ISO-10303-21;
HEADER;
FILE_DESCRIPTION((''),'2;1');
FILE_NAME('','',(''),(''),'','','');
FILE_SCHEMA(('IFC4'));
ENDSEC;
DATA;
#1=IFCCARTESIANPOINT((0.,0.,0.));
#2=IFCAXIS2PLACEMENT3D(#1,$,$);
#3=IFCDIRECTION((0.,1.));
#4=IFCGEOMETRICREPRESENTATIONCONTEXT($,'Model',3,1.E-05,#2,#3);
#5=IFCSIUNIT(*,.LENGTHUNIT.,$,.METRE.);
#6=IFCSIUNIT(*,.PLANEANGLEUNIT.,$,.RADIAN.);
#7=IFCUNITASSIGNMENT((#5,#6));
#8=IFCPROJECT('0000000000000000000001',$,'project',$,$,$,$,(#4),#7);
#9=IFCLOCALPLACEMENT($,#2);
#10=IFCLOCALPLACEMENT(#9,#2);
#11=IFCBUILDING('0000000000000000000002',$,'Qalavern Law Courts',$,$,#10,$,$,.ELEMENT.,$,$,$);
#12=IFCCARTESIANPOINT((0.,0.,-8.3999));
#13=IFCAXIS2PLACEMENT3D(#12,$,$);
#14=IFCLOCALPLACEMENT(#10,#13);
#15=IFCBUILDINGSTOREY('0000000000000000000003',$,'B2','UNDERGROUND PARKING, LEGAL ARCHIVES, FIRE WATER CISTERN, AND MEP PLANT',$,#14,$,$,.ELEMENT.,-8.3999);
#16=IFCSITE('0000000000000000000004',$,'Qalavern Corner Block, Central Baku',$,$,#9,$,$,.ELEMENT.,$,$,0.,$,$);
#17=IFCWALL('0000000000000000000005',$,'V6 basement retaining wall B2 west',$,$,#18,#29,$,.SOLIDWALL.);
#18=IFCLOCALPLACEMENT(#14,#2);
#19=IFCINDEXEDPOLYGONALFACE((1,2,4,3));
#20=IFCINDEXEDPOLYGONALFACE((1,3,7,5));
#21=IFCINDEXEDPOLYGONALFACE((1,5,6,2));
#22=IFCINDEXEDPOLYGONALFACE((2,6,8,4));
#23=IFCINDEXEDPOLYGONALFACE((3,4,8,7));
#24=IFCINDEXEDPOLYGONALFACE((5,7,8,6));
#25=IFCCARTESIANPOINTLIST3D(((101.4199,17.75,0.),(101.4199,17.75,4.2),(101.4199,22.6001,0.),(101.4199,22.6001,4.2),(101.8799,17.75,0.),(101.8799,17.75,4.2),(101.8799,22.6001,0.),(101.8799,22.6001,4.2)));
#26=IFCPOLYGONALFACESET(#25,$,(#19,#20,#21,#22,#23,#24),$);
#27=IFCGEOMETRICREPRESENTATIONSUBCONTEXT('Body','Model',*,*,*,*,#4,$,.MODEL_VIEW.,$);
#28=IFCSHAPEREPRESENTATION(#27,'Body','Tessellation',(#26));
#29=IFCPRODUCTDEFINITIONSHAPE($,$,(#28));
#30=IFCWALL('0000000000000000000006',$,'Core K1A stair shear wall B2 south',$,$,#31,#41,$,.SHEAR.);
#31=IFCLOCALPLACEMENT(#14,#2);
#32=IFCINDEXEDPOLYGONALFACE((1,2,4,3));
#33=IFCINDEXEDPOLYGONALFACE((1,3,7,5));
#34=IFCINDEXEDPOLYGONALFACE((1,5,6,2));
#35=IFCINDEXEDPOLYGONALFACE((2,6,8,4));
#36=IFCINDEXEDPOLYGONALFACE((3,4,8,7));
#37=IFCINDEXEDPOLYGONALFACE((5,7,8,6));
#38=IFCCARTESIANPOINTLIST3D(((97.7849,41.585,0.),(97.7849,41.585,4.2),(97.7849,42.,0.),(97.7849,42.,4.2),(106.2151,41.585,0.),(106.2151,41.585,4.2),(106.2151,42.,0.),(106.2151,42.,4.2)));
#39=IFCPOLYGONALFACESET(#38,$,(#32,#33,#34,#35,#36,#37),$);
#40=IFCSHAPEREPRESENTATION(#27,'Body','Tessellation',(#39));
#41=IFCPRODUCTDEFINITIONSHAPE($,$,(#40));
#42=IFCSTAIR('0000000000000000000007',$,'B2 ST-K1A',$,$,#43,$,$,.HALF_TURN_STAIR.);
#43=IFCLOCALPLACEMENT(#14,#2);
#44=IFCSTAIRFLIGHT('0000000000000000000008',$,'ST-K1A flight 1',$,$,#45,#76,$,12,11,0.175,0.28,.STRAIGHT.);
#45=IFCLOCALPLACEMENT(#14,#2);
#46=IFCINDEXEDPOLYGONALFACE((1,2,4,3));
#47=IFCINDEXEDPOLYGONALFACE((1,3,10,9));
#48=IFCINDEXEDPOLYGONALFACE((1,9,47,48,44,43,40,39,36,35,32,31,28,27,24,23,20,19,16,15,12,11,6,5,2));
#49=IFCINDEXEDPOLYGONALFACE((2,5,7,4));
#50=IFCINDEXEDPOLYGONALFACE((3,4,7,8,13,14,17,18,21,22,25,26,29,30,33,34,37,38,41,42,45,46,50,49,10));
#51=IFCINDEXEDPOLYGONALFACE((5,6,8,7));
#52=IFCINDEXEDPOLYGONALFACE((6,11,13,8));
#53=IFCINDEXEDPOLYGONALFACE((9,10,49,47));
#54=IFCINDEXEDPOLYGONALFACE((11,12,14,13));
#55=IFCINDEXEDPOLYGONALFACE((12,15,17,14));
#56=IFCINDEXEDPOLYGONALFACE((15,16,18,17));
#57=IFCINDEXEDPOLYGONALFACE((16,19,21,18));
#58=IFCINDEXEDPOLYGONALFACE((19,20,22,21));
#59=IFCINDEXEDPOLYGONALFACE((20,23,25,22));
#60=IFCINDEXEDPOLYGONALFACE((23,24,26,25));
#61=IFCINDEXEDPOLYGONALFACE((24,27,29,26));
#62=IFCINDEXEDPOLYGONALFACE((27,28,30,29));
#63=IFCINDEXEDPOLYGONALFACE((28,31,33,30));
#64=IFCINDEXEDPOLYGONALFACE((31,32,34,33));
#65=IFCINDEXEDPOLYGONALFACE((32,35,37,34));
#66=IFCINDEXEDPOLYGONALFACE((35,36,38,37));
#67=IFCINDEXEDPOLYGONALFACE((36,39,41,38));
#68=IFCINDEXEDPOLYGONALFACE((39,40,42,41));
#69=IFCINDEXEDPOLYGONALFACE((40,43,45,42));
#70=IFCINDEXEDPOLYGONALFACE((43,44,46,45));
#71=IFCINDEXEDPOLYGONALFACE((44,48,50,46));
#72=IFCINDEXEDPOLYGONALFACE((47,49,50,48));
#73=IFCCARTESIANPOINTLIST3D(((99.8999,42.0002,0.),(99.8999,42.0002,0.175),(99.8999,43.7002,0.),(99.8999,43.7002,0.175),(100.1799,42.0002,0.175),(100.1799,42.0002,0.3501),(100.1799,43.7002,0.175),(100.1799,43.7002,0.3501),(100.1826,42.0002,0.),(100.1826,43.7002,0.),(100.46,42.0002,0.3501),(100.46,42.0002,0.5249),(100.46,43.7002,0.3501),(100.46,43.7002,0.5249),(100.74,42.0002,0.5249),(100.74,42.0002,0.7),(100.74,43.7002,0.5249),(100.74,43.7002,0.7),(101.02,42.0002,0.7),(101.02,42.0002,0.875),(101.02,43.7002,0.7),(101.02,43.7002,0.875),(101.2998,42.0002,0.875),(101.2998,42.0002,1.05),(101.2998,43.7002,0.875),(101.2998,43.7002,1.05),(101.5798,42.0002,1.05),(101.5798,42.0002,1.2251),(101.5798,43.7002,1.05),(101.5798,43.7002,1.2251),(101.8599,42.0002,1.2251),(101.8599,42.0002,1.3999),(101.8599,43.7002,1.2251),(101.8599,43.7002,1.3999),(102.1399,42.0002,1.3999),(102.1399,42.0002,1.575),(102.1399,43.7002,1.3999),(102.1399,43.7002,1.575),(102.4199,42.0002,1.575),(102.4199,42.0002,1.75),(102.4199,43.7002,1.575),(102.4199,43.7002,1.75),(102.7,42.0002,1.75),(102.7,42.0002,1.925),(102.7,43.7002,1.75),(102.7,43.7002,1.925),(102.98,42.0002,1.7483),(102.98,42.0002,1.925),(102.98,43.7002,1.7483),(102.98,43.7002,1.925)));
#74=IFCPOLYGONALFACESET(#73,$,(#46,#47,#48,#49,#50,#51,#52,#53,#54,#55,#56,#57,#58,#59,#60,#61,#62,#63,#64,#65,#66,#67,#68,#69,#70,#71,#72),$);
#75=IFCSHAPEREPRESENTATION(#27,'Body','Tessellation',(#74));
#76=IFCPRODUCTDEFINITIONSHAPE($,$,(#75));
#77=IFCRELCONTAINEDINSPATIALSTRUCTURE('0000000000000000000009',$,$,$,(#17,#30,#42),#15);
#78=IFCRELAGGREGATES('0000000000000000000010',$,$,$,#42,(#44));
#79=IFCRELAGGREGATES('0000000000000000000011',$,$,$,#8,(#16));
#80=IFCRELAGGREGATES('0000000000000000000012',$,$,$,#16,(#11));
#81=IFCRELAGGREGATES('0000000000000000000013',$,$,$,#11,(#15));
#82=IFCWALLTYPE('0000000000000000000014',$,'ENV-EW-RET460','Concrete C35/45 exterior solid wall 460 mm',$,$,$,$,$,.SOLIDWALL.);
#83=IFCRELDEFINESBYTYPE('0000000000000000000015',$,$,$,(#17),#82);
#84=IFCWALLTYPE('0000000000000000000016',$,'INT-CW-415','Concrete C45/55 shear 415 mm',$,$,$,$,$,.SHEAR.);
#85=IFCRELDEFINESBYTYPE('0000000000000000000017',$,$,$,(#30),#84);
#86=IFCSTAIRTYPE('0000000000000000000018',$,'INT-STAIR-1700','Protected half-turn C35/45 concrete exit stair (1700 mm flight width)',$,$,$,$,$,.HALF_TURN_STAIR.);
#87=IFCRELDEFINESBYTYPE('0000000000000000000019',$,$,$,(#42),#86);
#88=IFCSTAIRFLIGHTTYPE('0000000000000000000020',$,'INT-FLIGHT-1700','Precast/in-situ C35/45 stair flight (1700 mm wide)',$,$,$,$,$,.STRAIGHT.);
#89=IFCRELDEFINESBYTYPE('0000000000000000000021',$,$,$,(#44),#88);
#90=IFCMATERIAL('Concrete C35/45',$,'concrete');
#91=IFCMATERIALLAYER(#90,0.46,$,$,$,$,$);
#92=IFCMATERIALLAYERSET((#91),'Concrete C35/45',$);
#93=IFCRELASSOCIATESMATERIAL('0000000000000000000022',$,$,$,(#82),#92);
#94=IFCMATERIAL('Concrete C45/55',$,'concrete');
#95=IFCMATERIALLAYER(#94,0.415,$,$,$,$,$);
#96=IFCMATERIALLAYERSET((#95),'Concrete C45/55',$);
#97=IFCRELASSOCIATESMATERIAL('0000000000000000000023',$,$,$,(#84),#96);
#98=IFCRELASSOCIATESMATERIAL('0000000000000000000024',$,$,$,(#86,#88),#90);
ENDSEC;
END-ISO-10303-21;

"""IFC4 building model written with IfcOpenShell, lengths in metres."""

from ifc_helpers import new_model, si_unit, direction, frame, frame_2d, origin, place, context, subcontext, project, spatial, polyline, rectangle, outline, extrude, material, layer, layer_set, type_object, element, aggregate, save


model = new_model("IFC4")

# Units and contexts
model_context = context("Model", 3, precision=1e-05, world=origin(), true_north=direction((0.0, 1.0)))
body_context = subcontext(model_context, "Body", "Model", "MODEL_VIEW")
ifc_project = project(units=[si_unit("LENGTHUNIT", "METRE"), si_unit("PLANEANGLEUNIT", "RADIAN")], contexts=[model_context])

# Site, building, storey
site_placement = place(None, origin())
site = spatial("IfcSite", under=ifc_project, at=site_placement, Name="Qalavern Corner Block, Central Baku", CompositionType="ELEMENT", RefElevation=0.0)
building_placement = place(site_placement, origin())
building = spatial("IfcBuilding", under=site, at=building_placement, Name="Qalavern Law Courts", CompositionType="ELEMENT")
storey_placement = place(building_placement, frame((0.0, 0.0, -8.3999)))
storey = spatial("IfcBuildingStorey", under=building, at=storey_placement, Name="B2", Description="UNDERGROUND PARKING, LEGAL ARCHIVES, FIRE WATER CISTERN, AND MEP PLANT", CompositionType="ELEMENT", Elevation=-8.3999)

# Shared definitions
ifc_material_1 = material(Name="Concrete C35/45", Category="concrete")

# Shared definitions
ifc_material_2 = material(Name="Concrete C45/55", Category="concrete")

# Walls
ifc_layer_1 = layer(ifc_material_1, 0.46)
ifc_layer_set_1 = layer_set([ifc_layer_1], Name="Concrete C35/45")
wall_type_1 = type_object("IfcWallType", Name="ENV-EW-RET460", Description="Concrete C35/45 exterior solid wall 460 mm", PredefinedType="SOLIDWALL", material=ifc_layer_set_1)
wall_1_placement = place(storey_placement, frame((101.6499, 22.6001, 0.0), z_axis=(0.0, 0.0, 1.0), x_axis=(0.0, -1.0, 0.0)))
element("IfcWall", 1, at=wall_1_placement, inside=storey, type_object=wall_type_1, Name="V6 basement retaining wall B2 west", PredefinedType="SOLIDWALL", context=body_context, shape_type="SweptSolid", body=[
    extrude(rectangle(XDim=4.8501, YDim=0.46, at=frame_2d((2.425, 0.0))), origin(), (0.0, 0.0, 1.0), 4.2),
])
ifc_layer_2 = layer(ifc_material_2, 0.415)
ifc_layer_set_2 = layer_set([ifc_layer_2], Name="Concrete C45/55")
wall_type_2 = type_object("IfcWallType", Name="INT-CW-415", Description="Concrete C45/55 shear 415 mm", PredefinedType="SHEAR", material=ifc_layer_set_2)
wall_2_placement = place(storey_placement, frame((97.7849, 41.7925, 0.0), z_axis=(0.0, 0.0, 1.0), x_axis=(1.0, 0.0, 0.0)))
element("IfcWall", 2, at=wall_2_placement, inside=storey, type_object=wall_type_2, Name="Core K1A stair shear wall B2 south", PredefinedType="SHEAR", context=body_context, shape_type="SweptSolid", body=[
    extrude(rectangle(XDim=8.4302, YDim=0.415, at=frame_2d((4.2151, 0.0))), origin(), (0.0, 0.0, 1.0), 4.2),
])

# Stair, stair flight
stair_type = type_object("IfcStairType", Name="INT-STAIR-1700", Description="Protected half-turn C35/45 concrete exit stair (1700 mm flight width)", PredefinedType="HALF_TURN_STAIR", material=ifc_material_1)
stair_placement = place(storey_placement, origin())
stair = element("IfcStair", 3, at=stair_placement, inside=storey, type_object=stair_type, Name="B2 ST-K1A", PredefinedType="HALF_TURN_STAIR")
stair_flight_type = type_object("IfcStairFlightType", Name="INT-FLIGHT-1700", Description="Precast/in-situ C35/45 stair flight (1700 mm wide)", PredefinedType="STRAIGHT", material=ifc_material_1)
stair_flight_placement = place(storey_placement, frame((99.8999, 42.8501, 0.0), z_axis=(0.0, 0.0, 1.0), x_axis=(1.0, 0.0, 0.0)))
stair_flight = element("IfcStairFlight", 4, at=stair_flight_placement, type_object=stair_flight_type, Name="ST-K1A flight 1", NumberOfRisers=12, NumberOfTreads=11, PredefinedType="STRAIGHT", RiserHeight=0.175, TreadLength=0.28, context=body_context, shape_type="SweptSolid", body=[
    extrude(outline(polyline([(0.0, 0.0), (0.0, 0.175), (0.28, 0.175), (0.28, 0.3501), (0.5601, 0.3501), (0.5601, 0.5249), (0.8401, 0.5249), (0.8401, 0.7), (1.1201, 0.7), (1.1201, 0.875), (1.3999, 0.875), (1.3999, 1.05), (1.6799, 1.05), (1.6799, 1.2251), (1.96, 1.2251), (1.96, 1.3999), (2.24, 1.3999), (2.24, 1.575), (2.52, 1.575), (2.52, 1.75), (2.8, 1.75), (2.8, 1.925), (3.0801, 1.925), (3.0801, 2.1001), (3.0801, 1.7483), (0.2827, 0.0), (0.0, 0.0)])), frame((0.0, 0.8501, 0.0), z_axis=(0.0, -1.0, 0.0), x_axis=(1.0, 0.0, 0.0)), (0.0, 0.0, 1.0), 1.7),
])
aggregate(stair, [stair_flight])

save(model, "model.ifc")
